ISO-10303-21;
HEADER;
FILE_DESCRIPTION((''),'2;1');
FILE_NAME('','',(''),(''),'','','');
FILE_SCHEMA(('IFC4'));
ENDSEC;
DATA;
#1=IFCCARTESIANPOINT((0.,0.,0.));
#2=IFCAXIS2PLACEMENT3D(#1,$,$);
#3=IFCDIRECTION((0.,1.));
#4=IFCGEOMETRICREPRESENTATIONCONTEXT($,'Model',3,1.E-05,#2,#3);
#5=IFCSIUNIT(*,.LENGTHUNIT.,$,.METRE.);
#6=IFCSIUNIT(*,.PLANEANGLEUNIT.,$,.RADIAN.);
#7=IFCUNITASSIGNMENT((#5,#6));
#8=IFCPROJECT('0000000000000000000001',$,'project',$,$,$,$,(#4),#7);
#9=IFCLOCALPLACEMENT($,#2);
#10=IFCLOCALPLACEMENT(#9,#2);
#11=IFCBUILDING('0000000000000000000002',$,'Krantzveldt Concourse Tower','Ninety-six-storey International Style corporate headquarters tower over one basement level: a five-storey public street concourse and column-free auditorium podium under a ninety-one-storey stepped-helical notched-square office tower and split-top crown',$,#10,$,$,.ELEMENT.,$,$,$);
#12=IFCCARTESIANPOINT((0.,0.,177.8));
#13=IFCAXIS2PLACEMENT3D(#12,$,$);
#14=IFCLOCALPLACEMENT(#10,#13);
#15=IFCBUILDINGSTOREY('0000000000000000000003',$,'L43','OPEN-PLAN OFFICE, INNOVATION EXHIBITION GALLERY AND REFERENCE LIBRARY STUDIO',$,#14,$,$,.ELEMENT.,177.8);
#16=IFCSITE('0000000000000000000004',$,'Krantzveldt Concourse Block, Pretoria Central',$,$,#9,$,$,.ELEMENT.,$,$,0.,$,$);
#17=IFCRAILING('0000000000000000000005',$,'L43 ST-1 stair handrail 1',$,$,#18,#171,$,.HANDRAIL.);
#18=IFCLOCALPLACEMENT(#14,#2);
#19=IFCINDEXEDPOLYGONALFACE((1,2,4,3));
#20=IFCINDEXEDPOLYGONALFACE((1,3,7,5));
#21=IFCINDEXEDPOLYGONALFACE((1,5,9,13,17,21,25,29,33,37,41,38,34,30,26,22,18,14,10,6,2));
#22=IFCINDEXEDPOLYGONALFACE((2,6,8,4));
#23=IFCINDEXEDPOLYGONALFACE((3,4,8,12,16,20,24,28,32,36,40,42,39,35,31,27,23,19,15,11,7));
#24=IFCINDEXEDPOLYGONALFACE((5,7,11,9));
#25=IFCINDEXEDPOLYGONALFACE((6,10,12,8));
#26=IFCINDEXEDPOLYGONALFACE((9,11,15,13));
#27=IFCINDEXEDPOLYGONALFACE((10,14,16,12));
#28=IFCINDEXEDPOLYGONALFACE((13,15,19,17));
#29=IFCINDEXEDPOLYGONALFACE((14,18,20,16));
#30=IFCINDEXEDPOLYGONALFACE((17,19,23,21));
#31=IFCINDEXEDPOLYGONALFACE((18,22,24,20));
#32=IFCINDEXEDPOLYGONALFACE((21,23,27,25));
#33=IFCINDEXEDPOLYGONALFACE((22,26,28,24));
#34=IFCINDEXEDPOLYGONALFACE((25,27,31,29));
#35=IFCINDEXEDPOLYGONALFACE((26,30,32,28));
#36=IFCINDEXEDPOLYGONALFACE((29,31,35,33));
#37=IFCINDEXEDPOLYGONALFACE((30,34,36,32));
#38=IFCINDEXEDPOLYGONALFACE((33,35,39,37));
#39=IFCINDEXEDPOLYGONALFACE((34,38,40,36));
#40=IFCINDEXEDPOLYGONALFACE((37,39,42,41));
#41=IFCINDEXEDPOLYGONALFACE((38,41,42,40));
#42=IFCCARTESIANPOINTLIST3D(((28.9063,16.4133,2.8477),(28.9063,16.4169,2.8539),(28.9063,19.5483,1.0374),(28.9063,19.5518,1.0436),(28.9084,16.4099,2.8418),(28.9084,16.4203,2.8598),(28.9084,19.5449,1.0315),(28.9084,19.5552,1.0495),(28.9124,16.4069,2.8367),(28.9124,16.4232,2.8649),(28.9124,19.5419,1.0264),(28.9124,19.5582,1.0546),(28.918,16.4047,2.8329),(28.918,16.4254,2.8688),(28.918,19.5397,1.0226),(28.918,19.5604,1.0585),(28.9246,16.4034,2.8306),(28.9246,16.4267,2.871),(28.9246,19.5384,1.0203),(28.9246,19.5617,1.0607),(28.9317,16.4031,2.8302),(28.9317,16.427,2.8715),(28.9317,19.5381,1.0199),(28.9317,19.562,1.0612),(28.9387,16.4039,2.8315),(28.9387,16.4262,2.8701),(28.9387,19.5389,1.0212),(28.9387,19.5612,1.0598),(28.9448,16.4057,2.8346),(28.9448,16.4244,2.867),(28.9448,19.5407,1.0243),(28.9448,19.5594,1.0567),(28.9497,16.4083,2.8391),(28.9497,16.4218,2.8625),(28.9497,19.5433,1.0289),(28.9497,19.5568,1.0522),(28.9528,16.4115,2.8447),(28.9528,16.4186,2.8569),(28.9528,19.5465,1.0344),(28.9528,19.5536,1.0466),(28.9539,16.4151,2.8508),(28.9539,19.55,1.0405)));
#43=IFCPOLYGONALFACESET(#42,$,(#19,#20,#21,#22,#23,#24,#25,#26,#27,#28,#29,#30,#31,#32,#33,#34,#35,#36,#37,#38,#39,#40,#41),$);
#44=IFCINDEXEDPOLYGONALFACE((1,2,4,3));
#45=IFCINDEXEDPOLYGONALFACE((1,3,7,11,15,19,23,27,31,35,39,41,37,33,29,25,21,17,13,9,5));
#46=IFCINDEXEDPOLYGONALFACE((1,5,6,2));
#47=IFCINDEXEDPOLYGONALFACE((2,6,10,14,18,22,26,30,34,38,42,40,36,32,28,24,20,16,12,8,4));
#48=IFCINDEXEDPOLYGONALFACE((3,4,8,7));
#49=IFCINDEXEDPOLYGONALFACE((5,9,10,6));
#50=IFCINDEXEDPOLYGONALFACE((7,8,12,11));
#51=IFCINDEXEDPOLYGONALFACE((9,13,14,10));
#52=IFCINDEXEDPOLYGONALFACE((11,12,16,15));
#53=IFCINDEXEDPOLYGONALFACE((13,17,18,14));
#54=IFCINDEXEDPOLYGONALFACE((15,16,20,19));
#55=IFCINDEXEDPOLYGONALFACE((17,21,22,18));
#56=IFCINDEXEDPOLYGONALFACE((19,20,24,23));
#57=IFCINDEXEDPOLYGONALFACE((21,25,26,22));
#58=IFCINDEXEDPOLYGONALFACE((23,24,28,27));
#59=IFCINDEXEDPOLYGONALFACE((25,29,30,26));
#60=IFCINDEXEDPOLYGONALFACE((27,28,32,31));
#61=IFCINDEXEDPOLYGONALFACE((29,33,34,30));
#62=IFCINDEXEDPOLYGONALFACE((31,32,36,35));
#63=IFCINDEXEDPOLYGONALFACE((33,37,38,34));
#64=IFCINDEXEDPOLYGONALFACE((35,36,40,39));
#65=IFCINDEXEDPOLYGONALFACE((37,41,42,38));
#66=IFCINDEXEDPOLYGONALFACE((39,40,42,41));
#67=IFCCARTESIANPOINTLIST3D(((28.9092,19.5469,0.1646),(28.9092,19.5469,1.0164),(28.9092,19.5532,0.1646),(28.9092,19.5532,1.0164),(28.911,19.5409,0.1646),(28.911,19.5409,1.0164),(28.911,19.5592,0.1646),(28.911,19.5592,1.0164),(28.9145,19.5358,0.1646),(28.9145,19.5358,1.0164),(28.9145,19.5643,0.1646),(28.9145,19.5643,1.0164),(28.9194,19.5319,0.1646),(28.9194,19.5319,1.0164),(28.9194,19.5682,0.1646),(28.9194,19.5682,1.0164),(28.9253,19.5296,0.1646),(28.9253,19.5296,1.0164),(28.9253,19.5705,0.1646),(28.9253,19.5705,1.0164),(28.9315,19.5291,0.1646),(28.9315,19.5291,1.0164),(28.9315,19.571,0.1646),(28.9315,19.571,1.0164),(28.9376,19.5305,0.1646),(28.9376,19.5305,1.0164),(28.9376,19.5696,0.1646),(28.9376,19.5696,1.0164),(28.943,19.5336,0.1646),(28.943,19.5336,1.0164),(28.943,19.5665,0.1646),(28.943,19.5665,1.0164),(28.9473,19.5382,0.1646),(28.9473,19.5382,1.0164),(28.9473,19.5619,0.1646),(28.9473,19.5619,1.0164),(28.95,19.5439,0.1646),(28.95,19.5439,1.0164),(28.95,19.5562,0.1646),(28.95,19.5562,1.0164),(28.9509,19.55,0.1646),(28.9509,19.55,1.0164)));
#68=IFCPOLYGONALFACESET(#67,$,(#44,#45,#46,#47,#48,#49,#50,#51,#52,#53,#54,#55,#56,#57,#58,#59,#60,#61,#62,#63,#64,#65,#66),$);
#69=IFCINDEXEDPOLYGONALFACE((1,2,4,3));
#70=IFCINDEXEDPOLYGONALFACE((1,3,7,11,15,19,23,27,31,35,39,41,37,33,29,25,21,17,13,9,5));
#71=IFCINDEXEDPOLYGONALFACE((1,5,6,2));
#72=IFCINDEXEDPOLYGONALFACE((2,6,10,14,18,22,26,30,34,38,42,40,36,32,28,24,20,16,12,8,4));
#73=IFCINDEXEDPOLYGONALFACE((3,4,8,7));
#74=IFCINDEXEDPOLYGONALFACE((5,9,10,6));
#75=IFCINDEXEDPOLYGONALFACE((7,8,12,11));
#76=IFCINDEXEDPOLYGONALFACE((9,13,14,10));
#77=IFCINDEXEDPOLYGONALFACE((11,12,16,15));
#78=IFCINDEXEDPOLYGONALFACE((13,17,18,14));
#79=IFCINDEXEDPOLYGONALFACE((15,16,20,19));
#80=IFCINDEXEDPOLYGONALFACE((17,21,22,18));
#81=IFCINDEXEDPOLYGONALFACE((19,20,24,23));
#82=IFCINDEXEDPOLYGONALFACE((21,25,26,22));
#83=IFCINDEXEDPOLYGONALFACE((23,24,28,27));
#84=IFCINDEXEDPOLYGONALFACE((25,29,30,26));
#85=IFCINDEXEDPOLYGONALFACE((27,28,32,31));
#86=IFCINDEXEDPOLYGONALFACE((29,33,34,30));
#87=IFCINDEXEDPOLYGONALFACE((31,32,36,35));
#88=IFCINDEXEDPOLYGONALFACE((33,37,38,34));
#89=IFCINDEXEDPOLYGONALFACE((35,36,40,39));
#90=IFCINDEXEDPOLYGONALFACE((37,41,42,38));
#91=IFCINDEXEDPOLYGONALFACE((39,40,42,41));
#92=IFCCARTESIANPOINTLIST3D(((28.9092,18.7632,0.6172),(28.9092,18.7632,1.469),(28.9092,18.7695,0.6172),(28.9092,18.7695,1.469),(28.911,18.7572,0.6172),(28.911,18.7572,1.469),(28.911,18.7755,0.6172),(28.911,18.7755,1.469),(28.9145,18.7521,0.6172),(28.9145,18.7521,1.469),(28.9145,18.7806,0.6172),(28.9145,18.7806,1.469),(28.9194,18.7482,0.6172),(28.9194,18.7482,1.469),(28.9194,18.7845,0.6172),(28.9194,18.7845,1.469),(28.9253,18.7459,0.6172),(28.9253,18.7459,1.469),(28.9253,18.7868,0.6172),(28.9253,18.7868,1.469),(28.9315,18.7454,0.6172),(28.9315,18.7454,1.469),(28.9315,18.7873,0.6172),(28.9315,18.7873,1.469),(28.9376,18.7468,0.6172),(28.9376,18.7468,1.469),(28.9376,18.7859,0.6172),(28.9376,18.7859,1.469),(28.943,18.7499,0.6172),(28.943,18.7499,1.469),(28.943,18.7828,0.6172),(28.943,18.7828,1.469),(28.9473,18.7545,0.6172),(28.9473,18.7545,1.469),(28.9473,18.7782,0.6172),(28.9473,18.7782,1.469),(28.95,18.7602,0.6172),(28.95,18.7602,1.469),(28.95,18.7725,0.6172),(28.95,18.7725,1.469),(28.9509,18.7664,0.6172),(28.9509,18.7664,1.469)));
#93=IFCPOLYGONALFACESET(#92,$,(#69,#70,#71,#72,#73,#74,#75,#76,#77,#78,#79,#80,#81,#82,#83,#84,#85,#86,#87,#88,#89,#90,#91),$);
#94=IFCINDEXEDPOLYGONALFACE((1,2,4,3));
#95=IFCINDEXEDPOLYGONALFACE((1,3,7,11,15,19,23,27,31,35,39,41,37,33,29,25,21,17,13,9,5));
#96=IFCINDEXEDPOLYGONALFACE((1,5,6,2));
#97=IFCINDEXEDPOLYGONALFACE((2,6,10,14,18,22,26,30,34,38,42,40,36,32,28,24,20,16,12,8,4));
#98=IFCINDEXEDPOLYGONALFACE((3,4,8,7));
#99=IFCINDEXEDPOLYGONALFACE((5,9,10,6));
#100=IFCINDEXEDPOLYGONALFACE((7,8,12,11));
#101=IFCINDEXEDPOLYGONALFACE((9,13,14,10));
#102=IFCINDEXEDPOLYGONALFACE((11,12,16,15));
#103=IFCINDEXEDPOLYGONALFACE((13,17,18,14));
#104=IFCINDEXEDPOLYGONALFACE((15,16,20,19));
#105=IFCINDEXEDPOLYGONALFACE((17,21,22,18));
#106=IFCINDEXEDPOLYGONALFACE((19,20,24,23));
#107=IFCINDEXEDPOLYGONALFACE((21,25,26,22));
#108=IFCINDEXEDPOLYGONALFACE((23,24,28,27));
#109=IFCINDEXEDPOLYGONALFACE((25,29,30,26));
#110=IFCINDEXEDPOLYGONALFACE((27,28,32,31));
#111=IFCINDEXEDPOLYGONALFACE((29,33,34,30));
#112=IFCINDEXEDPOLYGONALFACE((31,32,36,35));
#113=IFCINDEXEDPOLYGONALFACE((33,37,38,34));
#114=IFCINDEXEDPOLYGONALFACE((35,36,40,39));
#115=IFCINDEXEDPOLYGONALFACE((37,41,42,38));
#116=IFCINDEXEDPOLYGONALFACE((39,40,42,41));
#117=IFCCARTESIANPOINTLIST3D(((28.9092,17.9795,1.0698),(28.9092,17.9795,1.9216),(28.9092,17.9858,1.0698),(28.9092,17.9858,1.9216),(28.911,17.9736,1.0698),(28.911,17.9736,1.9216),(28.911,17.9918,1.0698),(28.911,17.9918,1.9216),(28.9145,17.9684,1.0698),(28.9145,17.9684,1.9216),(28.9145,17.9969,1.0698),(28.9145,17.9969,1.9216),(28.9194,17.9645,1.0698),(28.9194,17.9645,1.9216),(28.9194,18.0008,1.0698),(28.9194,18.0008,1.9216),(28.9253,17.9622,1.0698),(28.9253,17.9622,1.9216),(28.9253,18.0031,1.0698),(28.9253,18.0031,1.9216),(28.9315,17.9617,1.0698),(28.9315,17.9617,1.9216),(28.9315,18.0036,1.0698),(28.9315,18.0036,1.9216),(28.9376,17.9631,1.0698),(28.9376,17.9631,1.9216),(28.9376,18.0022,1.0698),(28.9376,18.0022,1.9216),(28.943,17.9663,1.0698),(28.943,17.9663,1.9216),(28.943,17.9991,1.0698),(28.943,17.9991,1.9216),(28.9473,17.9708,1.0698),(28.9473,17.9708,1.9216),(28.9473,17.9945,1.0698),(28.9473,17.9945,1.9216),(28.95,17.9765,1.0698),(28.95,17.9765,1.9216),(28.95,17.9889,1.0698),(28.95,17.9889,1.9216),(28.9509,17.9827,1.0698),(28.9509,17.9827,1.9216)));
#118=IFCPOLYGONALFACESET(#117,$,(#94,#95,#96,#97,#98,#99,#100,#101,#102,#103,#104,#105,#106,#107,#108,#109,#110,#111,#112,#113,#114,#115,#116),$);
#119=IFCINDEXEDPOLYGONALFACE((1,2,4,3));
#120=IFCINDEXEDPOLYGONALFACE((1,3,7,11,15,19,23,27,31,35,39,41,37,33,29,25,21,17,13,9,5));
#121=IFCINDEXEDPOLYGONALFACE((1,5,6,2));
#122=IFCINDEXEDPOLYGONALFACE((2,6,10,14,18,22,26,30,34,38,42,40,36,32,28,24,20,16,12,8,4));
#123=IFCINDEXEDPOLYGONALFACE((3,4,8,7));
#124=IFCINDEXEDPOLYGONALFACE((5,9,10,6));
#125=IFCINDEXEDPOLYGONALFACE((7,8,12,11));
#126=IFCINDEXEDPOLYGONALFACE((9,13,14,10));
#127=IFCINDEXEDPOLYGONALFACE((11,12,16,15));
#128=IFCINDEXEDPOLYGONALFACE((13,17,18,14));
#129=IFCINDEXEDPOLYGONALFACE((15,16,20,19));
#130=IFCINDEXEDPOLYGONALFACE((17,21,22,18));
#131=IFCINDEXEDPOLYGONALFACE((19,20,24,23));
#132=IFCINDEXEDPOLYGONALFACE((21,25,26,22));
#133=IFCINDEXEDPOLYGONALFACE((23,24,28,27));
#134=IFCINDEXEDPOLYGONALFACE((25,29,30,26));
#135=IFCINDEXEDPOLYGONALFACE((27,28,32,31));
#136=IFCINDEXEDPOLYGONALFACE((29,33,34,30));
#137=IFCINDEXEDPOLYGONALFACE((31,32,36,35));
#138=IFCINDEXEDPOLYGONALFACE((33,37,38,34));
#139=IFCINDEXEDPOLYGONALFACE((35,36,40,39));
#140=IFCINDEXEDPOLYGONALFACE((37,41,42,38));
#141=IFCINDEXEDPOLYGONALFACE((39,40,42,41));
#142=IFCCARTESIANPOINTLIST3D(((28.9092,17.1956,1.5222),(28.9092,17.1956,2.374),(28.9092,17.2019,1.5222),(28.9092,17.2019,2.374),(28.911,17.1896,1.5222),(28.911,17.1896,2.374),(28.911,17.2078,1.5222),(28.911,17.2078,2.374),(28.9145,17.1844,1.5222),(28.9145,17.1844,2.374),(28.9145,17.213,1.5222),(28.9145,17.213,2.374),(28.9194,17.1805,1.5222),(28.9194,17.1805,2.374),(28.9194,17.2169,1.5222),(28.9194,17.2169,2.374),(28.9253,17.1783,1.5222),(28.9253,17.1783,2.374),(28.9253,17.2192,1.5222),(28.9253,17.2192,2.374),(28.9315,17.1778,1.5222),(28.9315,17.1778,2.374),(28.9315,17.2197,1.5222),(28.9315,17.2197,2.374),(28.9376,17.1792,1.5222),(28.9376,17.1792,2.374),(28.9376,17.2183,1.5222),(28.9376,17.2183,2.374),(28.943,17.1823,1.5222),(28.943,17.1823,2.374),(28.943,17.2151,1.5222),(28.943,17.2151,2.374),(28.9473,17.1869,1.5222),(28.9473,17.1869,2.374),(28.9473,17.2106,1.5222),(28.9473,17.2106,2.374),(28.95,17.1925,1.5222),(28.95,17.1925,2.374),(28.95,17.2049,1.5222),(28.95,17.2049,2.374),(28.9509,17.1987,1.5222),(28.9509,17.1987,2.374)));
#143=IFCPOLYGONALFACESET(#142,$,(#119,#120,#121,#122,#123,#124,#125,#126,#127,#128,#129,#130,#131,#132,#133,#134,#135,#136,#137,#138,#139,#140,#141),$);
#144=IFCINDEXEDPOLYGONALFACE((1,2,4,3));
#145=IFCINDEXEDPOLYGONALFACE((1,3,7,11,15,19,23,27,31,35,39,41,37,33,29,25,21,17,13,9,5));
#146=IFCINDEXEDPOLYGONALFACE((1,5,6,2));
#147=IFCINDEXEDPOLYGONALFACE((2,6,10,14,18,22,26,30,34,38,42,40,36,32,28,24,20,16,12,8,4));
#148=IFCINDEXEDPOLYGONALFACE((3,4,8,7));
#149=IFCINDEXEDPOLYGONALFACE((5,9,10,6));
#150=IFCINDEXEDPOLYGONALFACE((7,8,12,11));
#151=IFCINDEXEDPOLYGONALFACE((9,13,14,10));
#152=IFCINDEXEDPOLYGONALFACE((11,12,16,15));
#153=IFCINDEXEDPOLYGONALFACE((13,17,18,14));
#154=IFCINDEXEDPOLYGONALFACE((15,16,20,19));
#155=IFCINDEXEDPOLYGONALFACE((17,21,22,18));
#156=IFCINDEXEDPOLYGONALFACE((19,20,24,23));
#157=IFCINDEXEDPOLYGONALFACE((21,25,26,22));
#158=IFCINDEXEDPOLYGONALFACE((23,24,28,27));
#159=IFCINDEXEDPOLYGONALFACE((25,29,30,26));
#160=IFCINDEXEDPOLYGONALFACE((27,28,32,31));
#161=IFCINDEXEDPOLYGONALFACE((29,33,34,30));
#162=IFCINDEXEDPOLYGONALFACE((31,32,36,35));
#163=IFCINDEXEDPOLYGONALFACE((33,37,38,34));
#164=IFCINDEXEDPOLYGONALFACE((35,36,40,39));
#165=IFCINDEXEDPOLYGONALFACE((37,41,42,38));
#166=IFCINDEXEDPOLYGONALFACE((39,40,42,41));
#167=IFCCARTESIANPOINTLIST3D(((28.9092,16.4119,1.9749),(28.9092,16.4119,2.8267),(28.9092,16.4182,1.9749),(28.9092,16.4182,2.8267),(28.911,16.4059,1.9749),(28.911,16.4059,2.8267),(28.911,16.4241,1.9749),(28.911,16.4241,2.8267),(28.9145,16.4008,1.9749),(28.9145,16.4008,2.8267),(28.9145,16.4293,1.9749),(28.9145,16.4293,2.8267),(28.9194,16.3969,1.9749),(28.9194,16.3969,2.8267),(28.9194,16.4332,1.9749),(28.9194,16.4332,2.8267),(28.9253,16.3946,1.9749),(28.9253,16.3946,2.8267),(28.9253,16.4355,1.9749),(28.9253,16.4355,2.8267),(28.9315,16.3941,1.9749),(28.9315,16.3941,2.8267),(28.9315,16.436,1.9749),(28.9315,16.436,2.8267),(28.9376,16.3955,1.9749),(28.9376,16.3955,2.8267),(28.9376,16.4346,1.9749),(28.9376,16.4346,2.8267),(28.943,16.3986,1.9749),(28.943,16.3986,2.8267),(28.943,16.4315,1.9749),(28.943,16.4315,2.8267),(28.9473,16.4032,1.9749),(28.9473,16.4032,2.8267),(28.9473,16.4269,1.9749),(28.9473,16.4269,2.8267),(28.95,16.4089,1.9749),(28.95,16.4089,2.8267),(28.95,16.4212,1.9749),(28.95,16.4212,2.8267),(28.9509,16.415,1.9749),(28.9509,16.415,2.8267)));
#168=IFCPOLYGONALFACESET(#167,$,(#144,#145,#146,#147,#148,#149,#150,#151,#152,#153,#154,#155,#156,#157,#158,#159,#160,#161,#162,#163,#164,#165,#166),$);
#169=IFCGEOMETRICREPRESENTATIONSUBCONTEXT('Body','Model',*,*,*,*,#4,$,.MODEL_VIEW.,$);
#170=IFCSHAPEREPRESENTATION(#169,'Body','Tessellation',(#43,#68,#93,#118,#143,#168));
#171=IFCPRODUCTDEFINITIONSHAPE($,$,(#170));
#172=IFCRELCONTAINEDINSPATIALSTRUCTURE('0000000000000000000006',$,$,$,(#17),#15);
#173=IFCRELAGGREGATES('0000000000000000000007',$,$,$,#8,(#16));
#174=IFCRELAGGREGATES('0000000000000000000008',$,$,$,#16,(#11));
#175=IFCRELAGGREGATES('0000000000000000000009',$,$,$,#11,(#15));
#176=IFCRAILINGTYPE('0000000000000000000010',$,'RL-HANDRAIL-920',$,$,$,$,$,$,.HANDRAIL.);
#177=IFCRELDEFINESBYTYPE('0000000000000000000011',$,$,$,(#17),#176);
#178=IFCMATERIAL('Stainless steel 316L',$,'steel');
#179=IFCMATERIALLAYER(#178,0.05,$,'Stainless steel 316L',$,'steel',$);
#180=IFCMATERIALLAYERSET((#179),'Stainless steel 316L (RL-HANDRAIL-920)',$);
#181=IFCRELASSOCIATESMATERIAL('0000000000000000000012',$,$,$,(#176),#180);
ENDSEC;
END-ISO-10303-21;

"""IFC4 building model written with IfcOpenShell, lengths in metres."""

from ifc_helpers import new_model, si_unit, direction, frame, origin, origin_2d, place, context, subcontext, project, spatial, circle, extrude, material, layer, layer_set, type_object, element, save


model = new_model("IFC4")

# Units and contexts
model_context = context("Model", 3, precision=1e-05, world=origin(), true_north=direction((0.0, 1.0)))
body_context = subcontext(model_context, "Body", "Model", "MODEL_VIEW")
ifc_project = project(units=[si_unit("LENGTHUNIT", "METRE"), si_unit("PLANEANGLEUNIT", "RADIAN")], contexts=[model_context])

# Site, building, storey
site_placement = place(None, origin())
site = spatial("IfcSite", under=ifc_project, at=site_placement, Name="Krantzveldt Concourse Block, Pretoria Central", CompositionType="ELEMENT", RefElevation=0.0)
building_placement = place(site_placement, origin())
building = spatial("IfcBuilding", under=site, at=building_placement, Name="Krantzveldt Concourse Tower", Description="Ninety-six-storey International Style corporate headquarters tower over one basement level: a five-storey public street concourse and column-free auditorium podium under a ninety-one-storey stepped-helical notched-square office tower and split-top crown", CompositionType="ELEMENT")
storey_placement = place(building_placement, frame((0.0, 0.0, 177.8)))
storey = spatial("IfcBuildingStorey", under=building, at=storey_placement, Name="L43", Description="OPEN-PLAN OFFICE, INNOVATION EXHIBITION GALLERY AND REFERENCE LIBRARY STUDIO", CompositionType="ELEMENT", Elevation=177.8)

# Shared definitions
ifc_material_1 = material(Name="Stainless steel 316L", Category="steel")

# Railing
ifc_layer_1 = layer(ifc_material_1, 0.05, Name="Stainless steel 316L", Category="steel")
ifc_layer_set_1 = layer_set([ifc_layer_1], Name="Stainless steel 316L (RL-HANDRAIL-920)")
railing_type_1 = type_object("IfcRailingType", Name="RL-HANDRAIL-920", PredefinedType="HANDRAIL", material=ifc_layer_set_1)
railing_1_placement = place(storey_placement, frame((28.9299, 19.55, 0.1646)))
element("IfcRailing", 1, at=railing_1_placement, inside=storey, type_object=railing_type_1, Name="L43 ST-1 stair handrail 1", PredefinedType="HANDRAIL", context=body_context, shape_type="SweptSolid", body=[
    extrude(circle(Radius=0.0239, at=origin_2d()), frame((0.0, 0.0, 0.876), z_axis=(0.0, -0.865989, 0.500063), x_axis=(1.0, 0.0, 0.0)), (0.0, 0.0, 1.0), 3.6201),
    extrude(circle(Radius=0.021, at=origin_2d()), origin(), (0.0, 0.0, 1.0), 0.8518),
    extrude(circle(Radius=0.021, at=origin_2d()), frame((0.0, -0.7837, 0.4526)), (0.0, 0.0, 1.0), 0.8518),
    extrude(circle(Radius=0.021, at=origin_2d()), frame((0.0, -1.5674, 0.9053)), (0.0, 0.0, 1.0), 0.8518),
    extrude(circle(Radius=0.021, at=origin_2d()), frame((0.0, -2.3513, 1.3577)), (0.0, 0.0, 1.0), 0.8518),
    extrude(circle(Radius=0.021, at=origin_2d()), frame((0.0, -3.135, 1.8103)), (0.0, 0.0, 1.0), 0.8518),
])

save(model, "model.ifc")
